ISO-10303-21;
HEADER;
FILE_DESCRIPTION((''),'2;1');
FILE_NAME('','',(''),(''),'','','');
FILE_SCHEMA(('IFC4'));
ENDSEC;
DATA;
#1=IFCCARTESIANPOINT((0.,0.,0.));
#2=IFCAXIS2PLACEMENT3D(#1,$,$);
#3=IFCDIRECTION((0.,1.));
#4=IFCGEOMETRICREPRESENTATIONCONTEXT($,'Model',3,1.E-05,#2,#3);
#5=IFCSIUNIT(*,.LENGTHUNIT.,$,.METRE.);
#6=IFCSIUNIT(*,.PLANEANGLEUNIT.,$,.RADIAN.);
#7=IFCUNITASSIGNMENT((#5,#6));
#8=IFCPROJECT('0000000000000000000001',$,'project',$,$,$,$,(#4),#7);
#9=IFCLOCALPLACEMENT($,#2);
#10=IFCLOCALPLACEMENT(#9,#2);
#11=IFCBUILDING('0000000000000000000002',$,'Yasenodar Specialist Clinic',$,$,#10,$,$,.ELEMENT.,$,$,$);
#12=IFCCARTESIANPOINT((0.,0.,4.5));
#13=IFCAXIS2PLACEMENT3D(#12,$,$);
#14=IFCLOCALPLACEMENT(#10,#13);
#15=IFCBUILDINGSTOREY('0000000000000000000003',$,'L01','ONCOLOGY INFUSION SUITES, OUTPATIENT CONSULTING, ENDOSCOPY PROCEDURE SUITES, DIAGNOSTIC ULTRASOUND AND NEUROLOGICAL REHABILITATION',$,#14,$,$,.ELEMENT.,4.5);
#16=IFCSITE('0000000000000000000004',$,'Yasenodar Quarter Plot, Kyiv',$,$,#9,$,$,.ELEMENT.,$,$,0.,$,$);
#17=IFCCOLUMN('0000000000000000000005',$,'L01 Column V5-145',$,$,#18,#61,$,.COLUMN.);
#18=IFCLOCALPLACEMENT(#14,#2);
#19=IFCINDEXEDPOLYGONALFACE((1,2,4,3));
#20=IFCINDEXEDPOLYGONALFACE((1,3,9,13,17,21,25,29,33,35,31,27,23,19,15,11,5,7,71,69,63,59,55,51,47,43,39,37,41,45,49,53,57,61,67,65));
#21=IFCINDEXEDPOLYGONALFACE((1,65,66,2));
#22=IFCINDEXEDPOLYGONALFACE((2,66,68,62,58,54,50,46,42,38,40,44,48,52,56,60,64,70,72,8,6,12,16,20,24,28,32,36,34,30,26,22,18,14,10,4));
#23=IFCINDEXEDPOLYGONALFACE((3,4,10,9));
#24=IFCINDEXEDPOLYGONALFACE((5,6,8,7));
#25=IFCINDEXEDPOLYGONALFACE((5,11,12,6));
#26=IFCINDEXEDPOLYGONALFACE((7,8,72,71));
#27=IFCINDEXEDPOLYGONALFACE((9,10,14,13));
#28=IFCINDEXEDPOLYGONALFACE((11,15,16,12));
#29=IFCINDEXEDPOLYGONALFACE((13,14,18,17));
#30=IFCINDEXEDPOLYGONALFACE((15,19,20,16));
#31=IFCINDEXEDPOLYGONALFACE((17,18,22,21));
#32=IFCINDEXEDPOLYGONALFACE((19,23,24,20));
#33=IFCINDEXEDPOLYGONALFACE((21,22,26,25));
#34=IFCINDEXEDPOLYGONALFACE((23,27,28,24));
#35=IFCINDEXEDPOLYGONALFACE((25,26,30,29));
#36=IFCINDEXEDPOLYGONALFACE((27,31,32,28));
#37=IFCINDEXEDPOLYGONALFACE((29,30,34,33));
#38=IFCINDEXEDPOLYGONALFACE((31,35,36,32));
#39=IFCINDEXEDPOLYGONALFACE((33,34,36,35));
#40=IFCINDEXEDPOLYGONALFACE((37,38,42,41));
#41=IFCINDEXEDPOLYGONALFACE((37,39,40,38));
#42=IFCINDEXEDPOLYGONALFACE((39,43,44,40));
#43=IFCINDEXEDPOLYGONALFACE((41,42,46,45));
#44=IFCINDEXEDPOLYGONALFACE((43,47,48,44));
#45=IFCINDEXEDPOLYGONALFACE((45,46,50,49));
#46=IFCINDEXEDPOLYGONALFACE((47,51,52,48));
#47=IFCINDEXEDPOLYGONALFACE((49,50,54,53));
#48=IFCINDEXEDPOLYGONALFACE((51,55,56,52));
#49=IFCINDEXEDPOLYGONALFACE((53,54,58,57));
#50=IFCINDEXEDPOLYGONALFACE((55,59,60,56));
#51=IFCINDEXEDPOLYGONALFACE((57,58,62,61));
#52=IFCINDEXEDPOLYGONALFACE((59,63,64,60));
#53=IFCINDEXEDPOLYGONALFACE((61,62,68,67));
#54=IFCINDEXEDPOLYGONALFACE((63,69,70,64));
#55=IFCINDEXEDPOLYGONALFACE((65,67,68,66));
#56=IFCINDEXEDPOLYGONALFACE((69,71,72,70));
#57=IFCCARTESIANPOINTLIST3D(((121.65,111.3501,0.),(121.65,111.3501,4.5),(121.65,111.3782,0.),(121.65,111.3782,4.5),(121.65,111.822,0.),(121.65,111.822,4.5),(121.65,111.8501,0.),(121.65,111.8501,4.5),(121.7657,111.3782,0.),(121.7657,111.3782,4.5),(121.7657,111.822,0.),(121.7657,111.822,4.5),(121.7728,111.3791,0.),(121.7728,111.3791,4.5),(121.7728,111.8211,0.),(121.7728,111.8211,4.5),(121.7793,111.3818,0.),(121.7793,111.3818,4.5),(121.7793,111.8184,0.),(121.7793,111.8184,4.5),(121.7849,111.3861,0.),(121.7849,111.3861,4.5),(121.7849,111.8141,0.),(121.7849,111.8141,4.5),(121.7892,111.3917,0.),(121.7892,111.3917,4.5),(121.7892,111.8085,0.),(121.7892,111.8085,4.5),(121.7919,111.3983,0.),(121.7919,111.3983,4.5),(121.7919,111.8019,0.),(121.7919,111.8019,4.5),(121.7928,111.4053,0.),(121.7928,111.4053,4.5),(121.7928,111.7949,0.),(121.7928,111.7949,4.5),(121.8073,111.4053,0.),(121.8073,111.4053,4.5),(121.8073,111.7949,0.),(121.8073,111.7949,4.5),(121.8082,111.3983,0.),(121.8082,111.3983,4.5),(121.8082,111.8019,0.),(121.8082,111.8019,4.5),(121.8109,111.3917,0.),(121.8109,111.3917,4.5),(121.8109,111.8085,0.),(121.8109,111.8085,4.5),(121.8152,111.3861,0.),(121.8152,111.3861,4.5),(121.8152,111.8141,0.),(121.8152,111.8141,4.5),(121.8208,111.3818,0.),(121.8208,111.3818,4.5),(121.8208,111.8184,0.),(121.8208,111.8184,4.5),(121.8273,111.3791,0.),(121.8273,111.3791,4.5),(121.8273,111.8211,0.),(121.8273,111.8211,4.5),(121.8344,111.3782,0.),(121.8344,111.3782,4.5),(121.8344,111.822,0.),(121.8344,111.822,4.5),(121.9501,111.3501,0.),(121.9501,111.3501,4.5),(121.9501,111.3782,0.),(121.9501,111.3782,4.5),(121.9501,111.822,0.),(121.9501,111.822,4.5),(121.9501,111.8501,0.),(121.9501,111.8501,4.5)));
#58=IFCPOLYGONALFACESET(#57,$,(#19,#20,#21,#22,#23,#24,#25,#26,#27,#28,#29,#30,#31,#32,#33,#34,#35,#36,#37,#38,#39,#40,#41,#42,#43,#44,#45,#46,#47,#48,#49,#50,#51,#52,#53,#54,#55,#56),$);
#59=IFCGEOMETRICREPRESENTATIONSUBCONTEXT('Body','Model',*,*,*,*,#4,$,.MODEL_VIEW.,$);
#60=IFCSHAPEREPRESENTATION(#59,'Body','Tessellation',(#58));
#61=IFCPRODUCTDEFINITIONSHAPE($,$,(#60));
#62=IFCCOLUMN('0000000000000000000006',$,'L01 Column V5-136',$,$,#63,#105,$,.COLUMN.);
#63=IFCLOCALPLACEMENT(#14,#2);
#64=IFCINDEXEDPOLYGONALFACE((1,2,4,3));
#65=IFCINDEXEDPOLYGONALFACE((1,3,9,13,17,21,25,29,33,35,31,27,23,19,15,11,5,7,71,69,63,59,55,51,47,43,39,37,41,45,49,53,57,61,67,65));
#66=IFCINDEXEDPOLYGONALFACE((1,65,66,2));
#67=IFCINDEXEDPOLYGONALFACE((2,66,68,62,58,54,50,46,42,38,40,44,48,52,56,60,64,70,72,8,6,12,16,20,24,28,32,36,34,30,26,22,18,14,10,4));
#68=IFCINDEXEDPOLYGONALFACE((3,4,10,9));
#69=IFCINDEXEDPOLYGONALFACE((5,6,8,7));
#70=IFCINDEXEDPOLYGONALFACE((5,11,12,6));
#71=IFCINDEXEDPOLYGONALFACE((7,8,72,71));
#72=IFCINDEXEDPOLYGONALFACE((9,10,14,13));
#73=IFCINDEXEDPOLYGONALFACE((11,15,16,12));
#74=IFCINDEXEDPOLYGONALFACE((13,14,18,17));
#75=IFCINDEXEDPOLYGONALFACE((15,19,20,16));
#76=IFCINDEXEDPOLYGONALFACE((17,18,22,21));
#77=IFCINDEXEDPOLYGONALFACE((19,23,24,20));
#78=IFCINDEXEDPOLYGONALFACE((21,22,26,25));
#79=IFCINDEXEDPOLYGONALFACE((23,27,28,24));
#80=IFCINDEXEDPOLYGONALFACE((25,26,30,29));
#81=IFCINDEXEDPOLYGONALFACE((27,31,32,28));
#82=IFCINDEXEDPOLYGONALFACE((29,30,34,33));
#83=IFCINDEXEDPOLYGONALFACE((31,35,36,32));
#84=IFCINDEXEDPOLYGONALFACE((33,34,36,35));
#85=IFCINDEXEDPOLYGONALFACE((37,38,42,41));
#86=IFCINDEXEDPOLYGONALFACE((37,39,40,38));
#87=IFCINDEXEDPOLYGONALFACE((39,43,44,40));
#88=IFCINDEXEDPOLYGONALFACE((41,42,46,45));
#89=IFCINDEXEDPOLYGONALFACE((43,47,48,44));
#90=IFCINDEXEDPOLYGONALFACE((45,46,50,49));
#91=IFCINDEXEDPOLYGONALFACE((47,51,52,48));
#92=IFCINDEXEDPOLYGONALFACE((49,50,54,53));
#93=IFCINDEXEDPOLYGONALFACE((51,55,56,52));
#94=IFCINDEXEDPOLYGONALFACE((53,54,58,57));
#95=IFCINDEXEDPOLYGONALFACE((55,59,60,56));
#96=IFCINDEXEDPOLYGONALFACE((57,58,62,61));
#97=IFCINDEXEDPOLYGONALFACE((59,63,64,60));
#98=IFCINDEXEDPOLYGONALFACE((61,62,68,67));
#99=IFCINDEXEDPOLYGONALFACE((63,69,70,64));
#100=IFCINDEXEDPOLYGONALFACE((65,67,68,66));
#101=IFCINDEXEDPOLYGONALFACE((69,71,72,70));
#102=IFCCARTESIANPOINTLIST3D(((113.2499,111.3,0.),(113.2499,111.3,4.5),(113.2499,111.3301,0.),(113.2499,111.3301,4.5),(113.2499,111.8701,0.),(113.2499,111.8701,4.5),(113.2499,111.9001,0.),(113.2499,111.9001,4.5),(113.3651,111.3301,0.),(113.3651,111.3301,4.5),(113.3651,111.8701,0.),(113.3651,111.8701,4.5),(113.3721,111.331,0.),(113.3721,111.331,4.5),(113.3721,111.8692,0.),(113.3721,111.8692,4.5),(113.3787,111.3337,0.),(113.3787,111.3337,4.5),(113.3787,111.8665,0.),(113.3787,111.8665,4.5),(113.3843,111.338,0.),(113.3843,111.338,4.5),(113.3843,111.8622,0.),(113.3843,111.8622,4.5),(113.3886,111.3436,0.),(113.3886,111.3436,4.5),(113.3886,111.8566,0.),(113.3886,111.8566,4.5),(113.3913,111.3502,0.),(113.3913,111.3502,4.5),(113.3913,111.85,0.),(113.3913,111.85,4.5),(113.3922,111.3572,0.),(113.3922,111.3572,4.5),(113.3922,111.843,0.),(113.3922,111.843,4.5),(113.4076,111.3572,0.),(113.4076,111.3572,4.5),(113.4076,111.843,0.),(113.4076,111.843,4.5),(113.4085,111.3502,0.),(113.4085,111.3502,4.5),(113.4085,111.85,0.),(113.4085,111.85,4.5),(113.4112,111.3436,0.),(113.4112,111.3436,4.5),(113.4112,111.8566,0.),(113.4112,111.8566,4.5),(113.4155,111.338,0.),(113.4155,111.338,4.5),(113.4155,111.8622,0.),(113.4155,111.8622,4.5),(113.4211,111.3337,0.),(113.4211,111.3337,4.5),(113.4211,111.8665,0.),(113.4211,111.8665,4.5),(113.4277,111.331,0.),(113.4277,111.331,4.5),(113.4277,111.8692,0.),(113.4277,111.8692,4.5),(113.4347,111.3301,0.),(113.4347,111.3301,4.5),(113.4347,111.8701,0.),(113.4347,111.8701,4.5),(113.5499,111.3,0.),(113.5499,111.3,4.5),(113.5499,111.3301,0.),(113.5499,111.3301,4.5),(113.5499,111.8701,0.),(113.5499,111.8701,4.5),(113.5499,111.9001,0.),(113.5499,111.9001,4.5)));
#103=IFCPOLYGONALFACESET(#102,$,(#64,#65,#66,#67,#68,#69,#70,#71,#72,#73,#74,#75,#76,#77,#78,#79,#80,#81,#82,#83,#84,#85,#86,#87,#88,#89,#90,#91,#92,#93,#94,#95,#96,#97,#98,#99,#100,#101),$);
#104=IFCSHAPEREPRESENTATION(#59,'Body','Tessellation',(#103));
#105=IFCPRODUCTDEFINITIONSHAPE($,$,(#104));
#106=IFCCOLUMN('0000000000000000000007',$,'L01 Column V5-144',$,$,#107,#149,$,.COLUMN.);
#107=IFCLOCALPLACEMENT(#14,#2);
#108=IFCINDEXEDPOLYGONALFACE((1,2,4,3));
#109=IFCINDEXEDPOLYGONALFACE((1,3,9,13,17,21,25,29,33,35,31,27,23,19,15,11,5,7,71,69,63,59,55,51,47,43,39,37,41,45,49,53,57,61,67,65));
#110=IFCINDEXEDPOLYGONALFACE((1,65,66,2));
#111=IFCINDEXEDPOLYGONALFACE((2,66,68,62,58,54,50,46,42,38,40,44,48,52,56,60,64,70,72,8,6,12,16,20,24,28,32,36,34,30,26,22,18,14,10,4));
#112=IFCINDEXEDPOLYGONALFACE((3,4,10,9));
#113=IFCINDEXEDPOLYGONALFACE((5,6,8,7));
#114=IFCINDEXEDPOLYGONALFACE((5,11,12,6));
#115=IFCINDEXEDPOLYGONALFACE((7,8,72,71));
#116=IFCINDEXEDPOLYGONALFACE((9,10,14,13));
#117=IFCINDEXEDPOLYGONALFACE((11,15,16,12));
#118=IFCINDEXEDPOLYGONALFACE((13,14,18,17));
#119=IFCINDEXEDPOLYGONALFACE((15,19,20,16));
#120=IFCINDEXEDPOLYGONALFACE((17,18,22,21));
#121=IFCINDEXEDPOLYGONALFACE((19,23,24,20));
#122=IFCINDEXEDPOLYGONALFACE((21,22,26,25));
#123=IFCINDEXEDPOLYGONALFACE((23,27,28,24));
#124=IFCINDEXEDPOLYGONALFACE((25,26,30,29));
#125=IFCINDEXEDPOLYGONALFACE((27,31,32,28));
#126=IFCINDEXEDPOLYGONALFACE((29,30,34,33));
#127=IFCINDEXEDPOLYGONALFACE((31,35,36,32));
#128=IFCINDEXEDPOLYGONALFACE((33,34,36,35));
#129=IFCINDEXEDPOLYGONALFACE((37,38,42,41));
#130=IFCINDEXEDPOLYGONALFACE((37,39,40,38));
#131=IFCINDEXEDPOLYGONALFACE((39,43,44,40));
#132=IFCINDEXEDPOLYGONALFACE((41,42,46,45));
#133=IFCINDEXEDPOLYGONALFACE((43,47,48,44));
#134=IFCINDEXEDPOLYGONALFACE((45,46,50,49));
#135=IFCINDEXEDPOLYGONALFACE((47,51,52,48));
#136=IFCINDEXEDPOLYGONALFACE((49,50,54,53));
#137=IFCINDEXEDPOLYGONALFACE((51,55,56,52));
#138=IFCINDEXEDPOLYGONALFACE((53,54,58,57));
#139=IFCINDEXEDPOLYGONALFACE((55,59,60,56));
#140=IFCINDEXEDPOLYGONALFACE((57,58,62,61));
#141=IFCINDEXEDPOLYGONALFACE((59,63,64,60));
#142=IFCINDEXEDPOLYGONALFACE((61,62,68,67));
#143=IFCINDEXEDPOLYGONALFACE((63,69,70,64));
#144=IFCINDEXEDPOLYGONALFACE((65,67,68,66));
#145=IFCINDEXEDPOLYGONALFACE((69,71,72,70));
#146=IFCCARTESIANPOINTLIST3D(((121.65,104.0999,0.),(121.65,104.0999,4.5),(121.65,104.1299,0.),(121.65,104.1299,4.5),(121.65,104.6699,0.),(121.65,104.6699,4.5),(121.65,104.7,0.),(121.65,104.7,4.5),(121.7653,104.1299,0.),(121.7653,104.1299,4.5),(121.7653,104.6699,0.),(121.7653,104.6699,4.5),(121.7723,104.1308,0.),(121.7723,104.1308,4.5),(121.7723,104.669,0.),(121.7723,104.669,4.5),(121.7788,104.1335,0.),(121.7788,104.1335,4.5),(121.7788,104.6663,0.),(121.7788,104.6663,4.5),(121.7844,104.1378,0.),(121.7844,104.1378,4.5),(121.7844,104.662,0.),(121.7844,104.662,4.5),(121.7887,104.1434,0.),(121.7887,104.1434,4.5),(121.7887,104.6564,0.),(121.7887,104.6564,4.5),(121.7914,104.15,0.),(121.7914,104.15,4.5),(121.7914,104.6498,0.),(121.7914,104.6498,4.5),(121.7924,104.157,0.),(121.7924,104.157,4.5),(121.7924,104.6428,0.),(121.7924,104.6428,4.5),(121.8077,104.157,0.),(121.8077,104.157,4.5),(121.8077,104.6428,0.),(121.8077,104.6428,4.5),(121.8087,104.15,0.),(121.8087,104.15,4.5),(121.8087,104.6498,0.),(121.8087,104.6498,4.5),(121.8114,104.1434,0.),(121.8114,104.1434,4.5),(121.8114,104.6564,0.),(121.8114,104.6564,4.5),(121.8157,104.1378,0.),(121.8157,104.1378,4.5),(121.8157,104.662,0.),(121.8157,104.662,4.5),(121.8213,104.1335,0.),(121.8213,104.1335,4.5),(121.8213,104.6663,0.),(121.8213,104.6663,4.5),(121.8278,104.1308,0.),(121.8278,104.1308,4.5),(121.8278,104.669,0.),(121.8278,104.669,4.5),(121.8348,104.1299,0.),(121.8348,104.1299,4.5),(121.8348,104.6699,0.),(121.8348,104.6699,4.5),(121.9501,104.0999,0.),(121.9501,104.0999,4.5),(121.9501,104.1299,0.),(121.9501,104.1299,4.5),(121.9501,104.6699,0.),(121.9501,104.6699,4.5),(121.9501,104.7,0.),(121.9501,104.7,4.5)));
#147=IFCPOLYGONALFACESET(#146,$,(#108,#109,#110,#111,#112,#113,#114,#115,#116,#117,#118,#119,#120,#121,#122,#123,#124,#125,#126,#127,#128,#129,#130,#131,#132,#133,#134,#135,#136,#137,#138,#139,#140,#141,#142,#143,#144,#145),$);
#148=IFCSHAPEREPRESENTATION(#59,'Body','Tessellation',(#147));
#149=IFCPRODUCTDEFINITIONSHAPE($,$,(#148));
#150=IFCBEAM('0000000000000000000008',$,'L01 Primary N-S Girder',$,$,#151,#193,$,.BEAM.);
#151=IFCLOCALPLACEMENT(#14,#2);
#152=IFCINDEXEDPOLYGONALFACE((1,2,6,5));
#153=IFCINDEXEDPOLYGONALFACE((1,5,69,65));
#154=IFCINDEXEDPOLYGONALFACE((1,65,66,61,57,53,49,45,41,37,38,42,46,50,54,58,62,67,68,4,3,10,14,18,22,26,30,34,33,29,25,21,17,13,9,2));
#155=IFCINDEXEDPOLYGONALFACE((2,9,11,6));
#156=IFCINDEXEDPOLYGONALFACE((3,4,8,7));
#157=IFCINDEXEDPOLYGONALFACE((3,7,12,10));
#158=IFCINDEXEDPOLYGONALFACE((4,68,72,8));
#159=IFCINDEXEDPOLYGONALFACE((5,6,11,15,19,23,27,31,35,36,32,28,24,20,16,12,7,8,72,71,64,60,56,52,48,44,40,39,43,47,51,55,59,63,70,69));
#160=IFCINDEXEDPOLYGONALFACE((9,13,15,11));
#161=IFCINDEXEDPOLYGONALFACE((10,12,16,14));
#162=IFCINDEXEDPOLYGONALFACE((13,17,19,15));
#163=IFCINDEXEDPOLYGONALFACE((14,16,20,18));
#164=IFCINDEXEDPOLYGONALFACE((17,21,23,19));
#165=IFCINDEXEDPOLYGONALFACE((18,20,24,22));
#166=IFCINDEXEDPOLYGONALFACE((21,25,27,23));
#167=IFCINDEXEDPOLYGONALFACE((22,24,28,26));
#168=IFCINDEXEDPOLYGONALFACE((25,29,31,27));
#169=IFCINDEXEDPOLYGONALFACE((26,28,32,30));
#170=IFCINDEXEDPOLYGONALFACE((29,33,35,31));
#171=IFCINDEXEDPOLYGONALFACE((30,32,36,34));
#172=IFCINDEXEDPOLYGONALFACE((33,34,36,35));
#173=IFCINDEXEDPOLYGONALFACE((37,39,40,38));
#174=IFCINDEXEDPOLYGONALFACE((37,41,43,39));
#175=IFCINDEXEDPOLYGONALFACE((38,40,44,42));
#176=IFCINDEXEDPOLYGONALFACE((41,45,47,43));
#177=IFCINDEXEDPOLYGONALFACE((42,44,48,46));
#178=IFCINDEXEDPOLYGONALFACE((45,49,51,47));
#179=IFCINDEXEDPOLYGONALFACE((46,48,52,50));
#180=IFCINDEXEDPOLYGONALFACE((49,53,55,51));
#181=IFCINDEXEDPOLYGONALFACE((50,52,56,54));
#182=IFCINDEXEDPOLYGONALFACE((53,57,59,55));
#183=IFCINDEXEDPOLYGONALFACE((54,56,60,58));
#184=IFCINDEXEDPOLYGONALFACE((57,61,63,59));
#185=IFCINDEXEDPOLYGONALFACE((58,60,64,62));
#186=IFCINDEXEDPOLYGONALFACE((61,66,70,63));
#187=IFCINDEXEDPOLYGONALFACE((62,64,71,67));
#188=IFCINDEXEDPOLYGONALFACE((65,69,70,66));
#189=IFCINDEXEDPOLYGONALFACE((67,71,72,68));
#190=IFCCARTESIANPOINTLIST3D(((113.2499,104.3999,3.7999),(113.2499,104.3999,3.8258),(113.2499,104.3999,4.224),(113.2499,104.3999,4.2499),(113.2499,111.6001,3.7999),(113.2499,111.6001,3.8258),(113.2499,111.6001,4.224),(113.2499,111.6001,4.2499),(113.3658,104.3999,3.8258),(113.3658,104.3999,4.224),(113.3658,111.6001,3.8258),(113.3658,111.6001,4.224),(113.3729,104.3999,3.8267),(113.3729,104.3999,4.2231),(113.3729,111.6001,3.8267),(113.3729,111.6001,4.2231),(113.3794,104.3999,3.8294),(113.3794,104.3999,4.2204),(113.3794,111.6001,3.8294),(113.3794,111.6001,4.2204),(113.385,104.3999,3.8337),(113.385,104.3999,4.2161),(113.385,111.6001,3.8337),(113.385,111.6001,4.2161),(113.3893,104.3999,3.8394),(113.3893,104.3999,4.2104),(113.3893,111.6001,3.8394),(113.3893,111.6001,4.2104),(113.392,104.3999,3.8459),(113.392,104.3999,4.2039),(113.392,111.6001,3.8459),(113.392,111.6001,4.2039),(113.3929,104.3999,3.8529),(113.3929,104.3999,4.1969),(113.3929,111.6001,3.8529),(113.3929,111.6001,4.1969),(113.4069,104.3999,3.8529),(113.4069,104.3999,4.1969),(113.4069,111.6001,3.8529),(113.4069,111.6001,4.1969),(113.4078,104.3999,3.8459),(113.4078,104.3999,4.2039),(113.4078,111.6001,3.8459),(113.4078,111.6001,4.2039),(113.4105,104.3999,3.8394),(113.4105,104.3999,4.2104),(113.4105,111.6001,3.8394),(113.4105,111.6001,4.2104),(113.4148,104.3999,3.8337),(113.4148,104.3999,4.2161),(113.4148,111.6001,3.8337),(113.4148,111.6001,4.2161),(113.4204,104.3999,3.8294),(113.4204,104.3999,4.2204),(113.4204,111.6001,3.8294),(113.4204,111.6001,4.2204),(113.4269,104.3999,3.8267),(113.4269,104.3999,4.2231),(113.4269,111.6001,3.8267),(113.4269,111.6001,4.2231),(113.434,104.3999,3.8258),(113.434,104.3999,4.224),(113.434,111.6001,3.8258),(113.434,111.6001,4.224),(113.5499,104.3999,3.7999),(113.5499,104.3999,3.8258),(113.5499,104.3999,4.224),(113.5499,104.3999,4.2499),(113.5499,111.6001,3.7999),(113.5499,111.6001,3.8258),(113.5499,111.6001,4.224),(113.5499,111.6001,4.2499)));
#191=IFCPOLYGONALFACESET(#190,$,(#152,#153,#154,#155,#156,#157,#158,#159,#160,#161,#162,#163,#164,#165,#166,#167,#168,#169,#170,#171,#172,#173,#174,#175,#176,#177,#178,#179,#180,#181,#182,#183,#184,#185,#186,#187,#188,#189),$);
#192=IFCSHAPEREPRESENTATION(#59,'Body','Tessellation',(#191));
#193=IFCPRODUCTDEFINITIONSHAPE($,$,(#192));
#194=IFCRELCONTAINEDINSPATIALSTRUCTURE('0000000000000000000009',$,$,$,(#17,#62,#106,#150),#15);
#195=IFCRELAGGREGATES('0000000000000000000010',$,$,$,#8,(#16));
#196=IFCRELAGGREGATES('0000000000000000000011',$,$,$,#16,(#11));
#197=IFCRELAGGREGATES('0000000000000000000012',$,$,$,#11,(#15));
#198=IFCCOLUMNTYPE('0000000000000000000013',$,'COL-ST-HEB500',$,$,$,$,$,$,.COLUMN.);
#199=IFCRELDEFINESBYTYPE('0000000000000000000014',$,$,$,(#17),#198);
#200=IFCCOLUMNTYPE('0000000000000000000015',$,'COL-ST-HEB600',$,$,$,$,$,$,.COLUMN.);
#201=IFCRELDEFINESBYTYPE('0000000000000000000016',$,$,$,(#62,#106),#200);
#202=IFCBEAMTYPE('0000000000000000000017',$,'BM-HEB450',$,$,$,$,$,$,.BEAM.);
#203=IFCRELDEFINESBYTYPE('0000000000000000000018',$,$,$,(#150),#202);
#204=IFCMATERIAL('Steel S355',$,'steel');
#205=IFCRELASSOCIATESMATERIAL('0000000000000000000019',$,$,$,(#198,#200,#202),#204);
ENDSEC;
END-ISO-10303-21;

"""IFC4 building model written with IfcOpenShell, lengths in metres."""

from ifc_helpers import new_model, si_unit, direction, frame, origin, origin_2d, place, context, subcontext, project, spatial, i_section, extrude, material, material_profile, profile_set, type_object, element, save


model = new_model("IFC4")

# Units and contexts
model_context = context("Model", 3, precision=1e-05, world=origin(), true_north=direction((0.0, 1.0)))
body_context = subcontext(model_context, "Body", "Model", "MODEL_VIEW")
ifc_project = project(units=[si_unit("LENGTHUNIT", "METRE"), si_unit("PLANEANGLEUNIT", "RADIAN")], contexts=[model_context])

# Site, building, storey
site_placement = place(None, origin())
site = spatial("IfcSite", under=ifc_project, at=site_placement, Name="Yasenodar Quarter Plot, Kyiv", CompositionType="ELEMENT", RefElevation=0.0)
building_placement = place(site_placement, origin())
building = spatial("IfcBuilding", under=site, at=building_placement, Name="Yasenodar Specialist Clinic", CompositionType="ELEMENT")
storey_placement = place(building_placement, frame((0.0, 0.0, 4.5)))
storey = spatial("IfcBuildingStorey", under=building, at=storey_placement, Name="L01", Description="ONCOLOGY INFUSION SUITES, OUTPATIENT CONSULTING, ENDOSCOPY PROCEDURE SUITES, DIAGNOSTIC ULTRASOUND AND NEUROLOGICAL REHABILITATION", CompositionType="ELEMENT", Elevation=4.5)

# Columns
ifc_material_1 = material(Name="Steel S355", Category="steel")
ifc_material_profile_1 = material_profile(ifc_material_1, i_section(OverallWidth=0.3, OverallDepth=0.5, WebThickness=0.0144, FlangeThickness=0.0281, FilletRadius=0.0271, at=origin_2d()), Name="HEB 500")
ifc_profile_set_1 = profile_set([ifc_material_profile_1], Name="Steel S355")
column_type_1 = type_object("IfcColumnType", Name="COL-ST-HEB500", PredefinedType="COLUMN", material=ifc_profile_set_1)
column_placement = place(storey_placement, frame((121.8, 111.6001, 0.0), z_axis=(0.0, 0.0, 1.0), x_axis=(1.0, 0.0, 0.0)))
element("IfcColumn", 1, at=column_placement, inside=storey, type_object=column_type_1, Name="L01 Column V5-145", PredefinedType="COLUMN", context=body_context, shape_type="SweptSolid", body=[
    extrude(i_section(OverallWidth=0.3, OverallDepth=0.5, WebThickness=0.0144, FlangeThickness=0.0281, FilletRadius=0.0271, at=origin_2d()), origin(), (0.0, 0.0, 1.0), 4.5),
])
ifc_material_profile_2 = material_profile(ifc_material_1, i_section(OverallWidth=0.3, OverallDepth=0.6001, WebThickness=0.0154, FlangeThickness=0.03, FilletRadius=0.0271, at=origin_2d()), Name="HEB 600")
ifc_profile_set_2 = profile_set([ifc_material_profile_2], Name="Steel S355")
column_type_2 = type_object("IfcColumnType", Name="COL-ST-HEB600", PredefinedType="COLUMN", material=ifc_profile_set_2)
for number, where, z_axis, x_axis, name in (
    (2, (113.3999, 111.6001, 0.0), (0.0, 0.0, 1.0), (1.0, 0.0, 0.0), "L01 Column V5-136"),
    (3, (121.8, 104.3999, 0.0), (0.0, 0.0, 1.0), (1.0, 0.0, 0.0), "L01 Column V5-144"),
):
    element("IfcColumn", number, at=place(storey_placement, frame(where, z_axis=z_axis, x_axis=x_axis)), inside=storey, type_object=column_type_2, Name=name, PredefinedType="COLUMN", context=body_context, shape_type="SweptSolid", body=[
        extrude(i_section(OverallWidth=0.3, OverallDepth=0.6001, WebThickness=0.0154, FlangeThickness=0.03, FilletRadius=0.0271, at=origin_2d()), origin(), (0.0, 0.0, 1.0), 4.5),
    ])

# Beam
ifc_material_profile_3 = material_profile(ifc_material_1, i_section(OverallWidth=0.3, OverallDepth=0.45, WebThickness=0.0139, FlangeThickness=0.0259, FilletRadius=0.0271, at=origin_2d()), Name="HEB 450")
ifc_profile_set_3 = profile_set([ifc_material_profile_3], Name="Steel S355")
beam_type_1 = type_object("IfcBeamType", Name="BM-HEB450", PredefinedType="BEAM", material=ifc_profile_set_3)
beam_1_placement = place(storey_placement, frame((113.3999, 104.3999, 4.0249), z_axis=(0.0, 1.0, 0.0), x_axis=(-1.0, 0.0, 0.0)))
element("IfcBeam", 4, at=beam_1_placement, inside=storey, type_object=beam_type_1, Name="L01 Primary N-S Girder", PredefinedType="BEAM", context=body_context, shape_type="SweptSolid", body=[
    extrude(i_section(OverallWidth=0.3, OverallDepth=0.45, WebThickness=0.0139, FlangeThickness=0.0259, FilletRadius=0.0271, at=origin_2d()), origin(), (0.0, 0.0, 1.0), 7.2002),
])

save(model, "model.ifc")
